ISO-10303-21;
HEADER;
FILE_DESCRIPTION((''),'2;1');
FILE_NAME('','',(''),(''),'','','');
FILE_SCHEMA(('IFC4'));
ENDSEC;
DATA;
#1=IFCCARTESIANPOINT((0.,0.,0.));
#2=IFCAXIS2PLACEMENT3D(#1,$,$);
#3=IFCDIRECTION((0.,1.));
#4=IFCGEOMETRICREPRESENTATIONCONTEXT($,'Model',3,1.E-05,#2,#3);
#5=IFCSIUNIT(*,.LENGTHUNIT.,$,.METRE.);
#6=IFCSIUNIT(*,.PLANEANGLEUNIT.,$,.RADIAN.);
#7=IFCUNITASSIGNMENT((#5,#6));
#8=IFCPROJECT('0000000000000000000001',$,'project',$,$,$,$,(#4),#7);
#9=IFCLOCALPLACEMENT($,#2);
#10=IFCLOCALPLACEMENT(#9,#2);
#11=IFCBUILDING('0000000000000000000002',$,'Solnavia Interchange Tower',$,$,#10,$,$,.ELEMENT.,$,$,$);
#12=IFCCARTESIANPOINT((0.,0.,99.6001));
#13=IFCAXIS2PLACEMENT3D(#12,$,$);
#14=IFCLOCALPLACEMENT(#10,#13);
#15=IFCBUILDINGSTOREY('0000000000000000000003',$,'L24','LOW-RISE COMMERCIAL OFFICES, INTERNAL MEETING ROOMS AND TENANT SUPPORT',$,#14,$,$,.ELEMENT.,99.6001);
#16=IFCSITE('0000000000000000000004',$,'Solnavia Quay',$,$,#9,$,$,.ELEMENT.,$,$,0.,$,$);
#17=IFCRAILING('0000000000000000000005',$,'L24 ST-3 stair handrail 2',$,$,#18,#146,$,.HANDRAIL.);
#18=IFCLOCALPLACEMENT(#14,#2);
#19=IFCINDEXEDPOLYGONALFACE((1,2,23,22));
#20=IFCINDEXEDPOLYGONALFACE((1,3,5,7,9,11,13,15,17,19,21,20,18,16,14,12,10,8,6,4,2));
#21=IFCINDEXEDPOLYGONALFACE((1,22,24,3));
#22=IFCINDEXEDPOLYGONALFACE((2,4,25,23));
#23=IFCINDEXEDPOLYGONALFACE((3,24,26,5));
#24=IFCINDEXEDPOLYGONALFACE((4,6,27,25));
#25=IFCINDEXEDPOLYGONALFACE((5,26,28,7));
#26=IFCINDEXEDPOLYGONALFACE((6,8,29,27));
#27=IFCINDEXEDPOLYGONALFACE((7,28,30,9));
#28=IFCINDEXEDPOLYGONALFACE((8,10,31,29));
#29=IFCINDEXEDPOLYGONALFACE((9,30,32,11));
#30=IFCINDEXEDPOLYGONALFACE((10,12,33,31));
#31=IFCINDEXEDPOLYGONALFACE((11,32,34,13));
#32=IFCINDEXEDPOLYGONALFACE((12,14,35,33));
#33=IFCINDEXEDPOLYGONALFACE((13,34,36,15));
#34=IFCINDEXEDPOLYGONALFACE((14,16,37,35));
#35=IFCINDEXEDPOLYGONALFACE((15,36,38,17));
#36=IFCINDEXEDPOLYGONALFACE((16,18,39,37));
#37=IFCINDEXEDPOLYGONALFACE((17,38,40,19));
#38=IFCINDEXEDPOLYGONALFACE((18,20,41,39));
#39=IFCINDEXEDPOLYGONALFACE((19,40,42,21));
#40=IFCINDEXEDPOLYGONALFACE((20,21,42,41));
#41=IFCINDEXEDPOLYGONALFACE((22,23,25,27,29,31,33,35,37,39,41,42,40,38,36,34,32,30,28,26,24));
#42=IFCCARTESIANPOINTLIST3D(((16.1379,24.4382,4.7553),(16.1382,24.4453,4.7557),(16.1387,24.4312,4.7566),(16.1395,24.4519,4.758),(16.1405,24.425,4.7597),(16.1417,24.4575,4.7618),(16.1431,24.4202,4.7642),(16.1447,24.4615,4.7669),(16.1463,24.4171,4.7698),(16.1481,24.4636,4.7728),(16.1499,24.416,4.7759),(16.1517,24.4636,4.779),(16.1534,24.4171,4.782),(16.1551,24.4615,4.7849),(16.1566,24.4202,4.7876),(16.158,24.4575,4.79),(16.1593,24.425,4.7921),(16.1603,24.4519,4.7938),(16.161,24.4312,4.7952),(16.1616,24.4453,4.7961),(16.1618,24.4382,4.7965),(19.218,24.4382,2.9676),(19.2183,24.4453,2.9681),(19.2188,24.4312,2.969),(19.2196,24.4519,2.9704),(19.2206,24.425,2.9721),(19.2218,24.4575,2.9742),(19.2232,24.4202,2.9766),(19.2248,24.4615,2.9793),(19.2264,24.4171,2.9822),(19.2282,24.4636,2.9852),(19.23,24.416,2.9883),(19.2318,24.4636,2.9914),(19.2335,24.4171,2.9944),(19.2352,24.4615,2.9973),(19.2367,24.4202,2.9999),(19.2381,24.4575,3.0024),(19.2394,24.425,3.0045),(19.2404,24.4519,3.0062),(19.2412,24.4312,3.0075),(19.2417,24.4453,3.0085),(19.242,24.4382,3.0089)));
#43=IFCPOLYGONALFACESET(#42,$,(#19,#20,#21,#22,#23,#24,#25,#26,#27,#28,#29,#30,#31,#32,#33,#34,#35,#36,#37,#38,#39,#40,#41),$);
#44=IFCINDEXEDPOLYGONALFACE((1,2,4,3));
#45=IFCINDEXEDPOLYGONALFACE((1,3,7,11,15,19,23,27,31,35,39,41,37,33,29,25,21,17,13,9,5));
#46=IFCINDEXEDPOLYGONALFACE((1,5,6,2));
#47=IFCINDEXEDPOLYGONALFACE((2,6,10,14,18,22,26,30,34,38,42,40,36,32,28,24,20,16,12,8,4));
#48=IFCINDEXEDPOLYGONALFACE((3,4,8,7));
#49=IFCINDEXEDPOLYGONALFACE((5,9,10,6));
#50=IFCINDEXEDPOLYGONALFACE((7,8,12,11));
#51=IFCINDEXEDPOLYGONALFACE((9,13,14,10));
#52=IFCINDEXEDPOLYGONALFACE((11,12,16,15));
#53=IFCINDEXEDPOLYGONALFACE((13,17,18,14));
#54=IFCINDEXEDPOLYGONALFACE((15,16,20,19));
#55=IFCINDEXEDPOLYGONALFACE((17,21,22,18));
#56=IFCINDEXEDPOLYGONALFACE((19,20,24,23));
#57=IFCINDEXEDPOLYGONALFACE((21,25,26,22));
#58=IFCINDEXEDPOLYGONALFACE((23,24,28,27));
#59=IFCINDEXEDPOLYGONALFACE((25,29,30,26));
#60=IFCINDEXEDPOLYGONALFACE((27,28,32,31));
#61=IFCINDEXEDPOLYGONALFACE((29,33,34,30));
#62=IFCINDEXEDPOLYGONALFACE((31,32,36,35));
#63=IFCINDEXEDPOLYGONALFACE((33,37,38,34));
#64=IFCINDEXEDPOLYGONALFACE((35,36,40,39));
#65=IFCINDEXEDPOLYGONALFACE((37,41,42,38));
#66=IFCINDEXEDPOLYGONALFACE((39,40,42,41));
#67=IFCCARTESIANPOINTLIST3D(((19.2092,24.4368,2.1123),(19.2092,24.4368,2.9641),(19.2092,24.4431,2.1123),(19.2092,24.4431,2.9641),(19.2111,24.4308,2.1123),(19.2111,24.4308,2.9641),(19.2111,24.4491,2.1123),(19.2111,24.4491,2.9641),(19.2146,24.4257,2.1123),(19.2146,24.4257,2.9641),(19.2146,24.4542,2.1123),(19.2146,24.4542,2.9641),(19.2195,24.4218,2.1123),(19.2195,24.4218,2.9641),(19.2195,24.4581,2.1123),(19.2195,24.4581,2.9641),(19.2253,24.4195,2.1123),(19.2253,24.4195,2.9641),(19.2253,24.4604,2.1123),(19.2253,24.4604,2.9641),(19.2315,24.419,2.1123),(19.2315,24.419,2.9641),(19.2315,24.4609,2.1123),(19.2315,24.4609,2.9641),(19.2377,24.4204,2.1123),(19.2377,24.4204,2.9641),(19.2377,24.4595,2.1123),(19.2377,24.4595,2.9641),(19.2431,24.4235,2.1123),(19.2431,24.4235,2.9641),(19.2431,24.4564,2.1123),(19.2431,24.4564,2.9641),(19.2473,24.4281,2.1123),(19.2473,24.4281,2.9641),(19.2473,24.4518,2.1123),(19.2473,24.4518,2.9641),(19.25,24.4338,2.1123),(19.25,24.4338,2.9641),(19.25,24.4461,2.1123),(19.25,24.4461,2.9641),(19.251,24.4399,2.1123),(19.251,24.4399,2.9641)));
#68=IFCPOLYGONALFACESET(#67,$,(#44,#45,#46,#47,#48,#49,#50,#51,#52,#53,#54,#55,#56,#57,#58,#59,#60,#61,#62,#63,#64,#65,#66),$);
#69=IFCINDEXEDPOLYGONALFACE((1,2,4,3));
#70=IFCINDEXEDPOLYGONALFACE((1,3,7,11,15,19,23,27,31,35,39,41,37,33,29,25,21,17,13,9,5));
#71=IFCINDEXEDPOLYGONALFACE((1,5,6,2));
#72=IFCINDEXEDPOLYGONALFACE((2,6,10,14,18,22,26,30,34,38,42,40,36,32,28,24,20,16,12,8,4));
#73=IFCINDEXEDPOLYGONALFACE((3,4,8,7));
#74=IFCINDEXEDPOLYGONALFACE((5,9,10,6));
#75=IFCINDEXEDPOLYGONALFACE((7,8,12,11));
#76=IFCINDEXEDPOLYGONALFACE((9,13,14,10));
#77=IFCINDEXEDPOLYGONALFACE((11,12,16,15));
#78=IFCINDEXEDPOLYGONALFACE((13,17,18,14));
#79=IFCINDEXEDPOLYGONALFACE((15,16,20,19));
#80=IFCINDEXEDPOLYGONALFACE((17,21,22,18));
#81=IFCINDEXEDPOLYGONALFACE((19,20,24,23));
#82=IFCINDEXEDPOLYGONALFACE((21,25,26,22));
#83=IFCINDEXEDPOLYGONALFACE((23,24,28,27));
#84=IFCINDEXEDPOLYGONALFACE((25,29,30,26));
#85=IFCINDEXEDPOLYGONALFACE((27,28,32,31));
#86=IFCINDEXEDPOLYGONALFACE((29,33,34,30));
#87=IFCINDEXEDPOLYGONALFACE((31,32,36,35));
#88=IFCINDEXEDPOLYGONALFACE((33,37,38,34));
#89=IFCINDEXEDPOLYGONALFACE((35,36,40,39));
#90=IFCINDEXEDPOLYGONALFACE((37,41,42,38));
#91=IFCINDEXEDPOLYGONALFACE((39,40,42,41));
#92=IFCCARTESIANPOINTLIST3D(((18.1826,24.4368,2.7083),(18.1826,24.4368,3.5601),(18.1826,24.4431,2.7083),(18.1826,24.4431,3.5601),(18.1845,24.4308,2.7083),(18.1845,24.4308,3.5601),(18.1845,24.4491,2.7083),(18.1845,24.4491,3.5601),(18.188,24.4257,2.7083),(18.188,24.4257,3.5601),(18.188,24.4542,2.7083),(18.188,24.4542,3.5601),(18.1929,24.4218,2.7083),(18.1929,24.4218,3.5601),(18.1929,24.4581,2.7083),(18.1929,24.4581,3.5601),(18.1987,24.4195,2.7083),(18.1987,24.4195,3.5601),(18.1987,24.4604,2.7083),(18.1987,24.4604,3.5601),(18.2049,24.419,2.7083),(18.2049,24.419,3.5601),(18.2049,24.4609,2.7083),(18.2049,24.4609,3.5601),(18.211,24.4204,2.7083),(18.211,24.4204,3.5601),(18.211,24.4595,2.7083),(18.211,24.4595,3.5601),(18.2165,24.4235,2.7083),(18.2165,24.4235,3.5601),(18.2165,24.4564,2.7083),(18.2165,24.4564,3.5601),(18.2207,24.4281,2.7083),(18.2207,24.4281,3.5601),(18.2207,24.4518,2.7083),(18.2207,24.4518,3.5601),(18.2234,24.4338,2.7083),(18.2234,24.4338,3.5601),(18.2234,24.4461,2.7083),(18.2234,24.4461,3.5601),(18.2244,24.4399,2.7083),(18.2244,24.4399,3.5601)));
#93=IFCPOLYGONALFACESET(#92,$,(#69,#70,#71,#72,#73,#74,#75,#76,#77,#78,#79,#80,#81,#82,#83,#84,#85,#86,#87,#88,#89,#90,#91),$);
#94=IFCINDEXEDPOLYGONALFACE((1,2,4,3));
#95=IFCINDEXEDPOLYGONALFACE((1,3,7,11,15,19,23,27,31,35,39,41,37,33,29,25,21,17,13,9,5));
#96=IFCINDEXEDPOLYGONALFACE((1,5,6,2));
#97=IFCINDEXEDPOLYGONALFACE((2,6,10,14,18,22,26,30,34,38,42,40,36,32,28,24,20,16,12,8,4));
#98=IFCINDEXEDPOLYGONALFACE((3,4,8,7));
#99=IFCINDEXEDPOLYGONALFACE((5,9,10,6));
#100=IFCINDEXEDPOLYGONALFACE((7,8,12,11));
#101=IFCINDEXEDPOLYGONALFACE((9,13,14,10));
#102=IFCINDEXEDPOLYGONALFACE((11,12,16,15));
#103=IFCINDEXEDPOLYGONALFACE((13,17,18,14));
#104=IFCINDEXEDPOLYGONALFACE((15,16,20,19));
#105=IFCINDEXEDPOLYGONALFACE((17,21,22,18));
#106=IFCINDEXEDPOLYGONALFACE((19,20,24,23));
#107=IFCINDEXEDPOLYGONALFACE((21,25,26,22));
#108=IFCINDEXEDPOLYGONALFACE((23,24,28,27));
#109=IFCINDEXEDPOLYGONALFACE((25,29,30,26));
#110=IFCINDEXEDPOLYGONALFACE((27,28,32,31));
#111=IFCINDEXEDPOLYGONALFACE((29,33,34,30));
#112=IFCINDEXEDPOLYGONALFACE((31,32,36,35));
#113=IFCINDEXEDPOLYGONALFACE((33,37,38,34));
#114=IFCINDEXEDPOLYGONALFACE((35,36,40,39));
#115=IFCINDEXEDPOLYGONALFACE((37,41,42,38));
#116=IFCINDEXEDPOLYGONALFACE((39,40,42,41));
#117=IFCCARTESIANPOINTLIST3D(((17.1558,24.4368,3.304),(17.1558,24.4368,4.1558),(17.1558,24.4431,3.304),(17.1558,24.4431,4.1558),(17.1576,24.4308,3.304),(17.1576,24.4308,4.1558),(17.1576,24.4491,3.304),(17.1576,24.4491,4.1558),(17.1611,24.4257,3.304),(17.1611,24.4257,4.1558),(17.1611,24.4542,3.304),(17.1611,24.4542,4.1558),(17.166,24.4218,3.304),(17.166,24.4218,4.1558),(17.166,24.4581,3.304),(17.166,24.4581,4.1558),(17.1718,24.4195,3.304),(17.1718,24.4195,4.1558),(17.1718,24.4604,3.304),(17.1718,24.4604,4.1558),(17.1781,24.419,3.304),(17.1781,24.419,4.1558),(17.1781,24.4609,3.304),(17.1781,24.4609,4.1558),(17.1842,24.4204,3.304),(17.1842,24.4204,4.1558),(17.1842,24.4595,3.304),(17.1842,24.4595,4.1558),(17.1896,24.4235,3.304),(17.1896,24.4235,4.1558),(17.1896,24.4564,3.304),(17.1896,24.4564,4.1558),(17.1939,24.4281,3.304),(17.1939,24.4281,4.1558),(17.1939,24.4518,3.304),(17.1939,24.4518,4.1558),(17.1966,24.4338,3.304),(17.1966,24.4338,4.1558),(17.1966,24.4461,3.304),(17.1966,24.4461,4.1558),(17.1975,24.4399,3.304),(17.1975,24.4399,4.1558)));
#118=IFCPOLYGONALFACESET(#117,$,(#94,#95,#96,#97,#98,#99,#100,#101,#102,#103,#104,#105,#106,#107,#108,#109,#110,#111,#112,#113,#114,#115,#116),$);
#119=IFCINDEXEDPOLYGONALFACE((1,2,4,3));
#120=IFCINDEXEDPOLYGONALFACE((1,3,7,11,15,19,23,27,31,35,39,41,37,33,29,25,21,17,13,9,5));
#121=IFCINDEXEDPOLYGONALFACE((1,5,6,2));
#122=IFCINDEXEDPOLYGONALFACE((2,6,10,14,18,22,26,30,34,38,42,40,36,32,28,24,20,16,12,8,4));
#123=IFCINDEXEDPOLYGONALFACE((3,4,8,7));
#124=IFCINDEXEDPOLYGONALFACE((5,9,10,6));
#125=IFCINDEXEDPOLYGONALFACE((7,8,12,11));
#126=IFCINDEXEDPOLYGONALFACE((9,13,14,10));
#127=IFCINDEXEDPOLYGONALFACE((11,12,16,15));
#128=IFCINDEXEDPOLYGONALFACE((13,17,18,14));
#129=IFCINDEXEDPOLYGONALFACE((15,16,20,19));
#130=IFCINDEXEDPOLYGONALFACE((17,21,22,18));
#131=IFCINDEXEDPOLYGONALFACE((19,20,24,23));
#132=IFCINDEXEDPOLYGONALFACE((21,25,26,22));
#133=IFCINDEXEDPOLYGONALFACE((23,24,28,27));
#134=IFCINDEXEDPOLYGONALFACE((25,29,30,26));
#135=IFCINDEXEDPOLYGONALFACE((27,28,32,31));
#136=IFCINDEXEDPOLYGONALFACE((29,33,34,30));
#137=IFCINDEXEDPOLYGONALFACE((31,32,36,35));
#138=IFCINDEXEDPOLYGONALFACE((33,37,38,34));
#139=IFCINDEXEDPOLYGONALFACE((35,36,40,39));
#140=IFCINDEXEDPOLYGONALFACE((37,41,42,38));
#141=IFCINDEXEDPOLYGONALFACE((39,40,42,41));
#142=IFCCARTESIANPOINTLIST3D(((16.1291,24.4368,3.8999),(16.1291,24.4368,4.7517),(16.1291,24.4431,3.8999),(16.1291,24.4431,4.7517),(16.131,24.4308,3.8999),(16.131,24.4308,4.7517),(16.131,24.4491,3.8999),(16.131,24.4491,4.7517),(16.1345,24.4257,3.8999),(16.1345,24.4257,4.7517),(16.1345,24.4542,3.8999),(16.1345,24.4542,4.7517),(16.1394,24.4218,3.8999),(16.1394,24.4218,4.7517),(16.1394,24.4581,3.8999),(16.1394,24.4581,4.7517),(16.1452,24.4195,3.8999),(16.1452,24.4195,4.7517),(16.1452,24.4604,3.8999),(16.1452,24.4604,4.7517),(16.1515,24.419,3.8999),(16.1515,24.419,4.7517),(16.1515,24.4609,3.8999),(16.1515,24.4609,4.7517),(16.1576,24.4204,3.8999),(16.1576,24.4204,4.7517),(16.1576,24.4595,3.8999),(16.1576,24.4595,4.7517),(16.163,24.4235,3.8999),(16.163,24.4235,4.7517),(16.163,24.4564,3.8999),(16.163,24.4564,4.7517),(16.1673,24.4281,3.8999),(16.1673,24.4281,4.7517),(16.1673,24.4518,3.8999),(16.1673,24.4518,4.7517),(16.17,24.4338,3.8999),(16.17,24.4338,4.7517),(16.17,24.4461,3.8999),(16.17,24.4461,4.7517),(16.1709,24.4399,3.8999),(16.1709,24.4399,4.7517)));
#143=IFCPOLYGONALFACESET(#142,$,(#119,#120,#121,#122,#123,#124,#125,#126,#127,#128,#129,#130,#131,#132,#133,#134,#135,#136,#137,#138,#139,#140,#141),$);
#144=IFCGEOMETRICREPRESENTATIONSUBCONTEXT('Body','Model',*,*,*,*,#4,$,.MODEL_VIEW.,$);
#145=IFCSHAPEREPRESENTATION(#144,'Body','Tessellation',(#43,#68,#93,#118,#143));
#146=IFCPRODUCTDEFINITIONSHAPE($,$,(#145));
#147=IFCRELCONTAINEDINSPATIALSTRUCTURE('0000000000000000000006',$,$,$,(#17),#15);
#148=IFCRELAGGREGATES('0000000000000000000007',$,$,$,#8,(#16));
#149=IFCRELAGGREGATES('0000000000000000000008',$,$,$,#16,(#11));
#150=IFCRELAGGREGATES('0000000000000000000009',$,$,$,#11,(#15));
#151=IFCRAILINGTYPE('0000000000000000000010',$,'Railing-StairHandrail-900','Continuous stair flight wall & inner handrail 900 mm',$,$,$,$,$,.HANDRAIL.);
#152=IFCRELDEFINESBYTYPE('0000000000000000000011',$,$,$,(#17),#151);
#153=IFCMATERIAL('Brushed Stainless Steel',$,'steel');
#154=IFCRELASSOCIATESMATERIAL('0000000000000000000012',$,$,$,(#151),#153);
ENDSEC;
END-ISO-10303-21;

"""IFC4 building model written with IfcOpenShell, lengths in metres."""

from ifc_helpers import new_model, si_unit, direction, frame, origin, origin_2d, place, context, subcontext, project, spatial, circle, extrude, material, type_object, element, save


model = new_model("IFC4")

# Units and contexts
model_context = context("Model", 3, precision=1e-05, world=origin(), true_north=direction((0.0, 1.0)))
body_context = subcontext(model_context, "Body", "Model", "MODEL_VIEW")
ifc_project = project(units=[si_unit("LENGTHUNIT", "METRE"), si_unit("PLANEANGLEUNIT", "RADIAN")], contexts=[model_context])

# Site, building, storey
site_placement = place(None, origin())
site = spatial("IfcSite", under=ifc_project, at=site_placement, Name="Solnavia Quay", CompositionType="ELEMENT", RefElevation=0.0)
building_placement = place(site_placement, origin())
building = spatial("IfcBuilding", under=site, at=building_placement, Name="Solnavia Interchange Tower", CompositionType="ELEMENT")
storey_placement = place(building_placement, frame((0.0, 0.0, 99.6001)))
storey = spatial("IfcBuildingStorey", under=building, at=storey_placement, Name="L24", Description="LOW-RISE COMMERCIAL OFFICES, INTERNAL MEETING ROOMS AND TENANT SUPPORT", CompositionType="ELEMENT", Elevation=99.6001)

# Railing
ifc_material_1 = material(Name="Brushed Stainless Steel", Category="steel")
railing_type_1 = type_object("IfcRailingType", Name="Railing-StairHandrail-900", Description="Continuous stair flight wall & inner handrail 900 mm", PredefinedType="HANDRAIL", material=ifc_material_1)
railing_1_placement = place(storey_placement, frame((19.23, 24.4399, 2.1123)))
element("IfcRailing", 1, at=railing_1_placement, inside=storey, type_object=railing_type_1, Name="L24 ST-3 stair handrail 2", PredefinedType="HANDRAIL", context=body_context, shape_type="SweptSolid", body=[
    extrude(circle(Radius=0.0239, at=origin_2d()), frame((0.0, 0.0, 0.876), z_axis=(-0.864891, 0.0, 0.50196), x_axis=(0.0, -1.0, 0.0)), (0.0, 0.0, 1.0), 3.5613),
    extrude(circle(Radius=0.021, at=origin_2d()), origin(), (0.0, 0.0, 1.0), 0.8518),
    extrude(circle(Radius=0.021, at=origin_2d()), frame((-1.0266, 0.0, 0.5959)), (0.0, 0.0, 1.0), 0.8518),
    extrude(circle(Radius=0.021, at=origin_2d()), frame((-2.0535, 0.0, 1.1917)), (0.0, 0.0, 1.0), 0.8518),
    extrude(circle(Radius=0.021, at=origin_2d()), frame((-3.0801, 0.0, 1.7876)), (0.0, 0.0, 1.0), 0.8518),
])

save(model, "model.ifc")
